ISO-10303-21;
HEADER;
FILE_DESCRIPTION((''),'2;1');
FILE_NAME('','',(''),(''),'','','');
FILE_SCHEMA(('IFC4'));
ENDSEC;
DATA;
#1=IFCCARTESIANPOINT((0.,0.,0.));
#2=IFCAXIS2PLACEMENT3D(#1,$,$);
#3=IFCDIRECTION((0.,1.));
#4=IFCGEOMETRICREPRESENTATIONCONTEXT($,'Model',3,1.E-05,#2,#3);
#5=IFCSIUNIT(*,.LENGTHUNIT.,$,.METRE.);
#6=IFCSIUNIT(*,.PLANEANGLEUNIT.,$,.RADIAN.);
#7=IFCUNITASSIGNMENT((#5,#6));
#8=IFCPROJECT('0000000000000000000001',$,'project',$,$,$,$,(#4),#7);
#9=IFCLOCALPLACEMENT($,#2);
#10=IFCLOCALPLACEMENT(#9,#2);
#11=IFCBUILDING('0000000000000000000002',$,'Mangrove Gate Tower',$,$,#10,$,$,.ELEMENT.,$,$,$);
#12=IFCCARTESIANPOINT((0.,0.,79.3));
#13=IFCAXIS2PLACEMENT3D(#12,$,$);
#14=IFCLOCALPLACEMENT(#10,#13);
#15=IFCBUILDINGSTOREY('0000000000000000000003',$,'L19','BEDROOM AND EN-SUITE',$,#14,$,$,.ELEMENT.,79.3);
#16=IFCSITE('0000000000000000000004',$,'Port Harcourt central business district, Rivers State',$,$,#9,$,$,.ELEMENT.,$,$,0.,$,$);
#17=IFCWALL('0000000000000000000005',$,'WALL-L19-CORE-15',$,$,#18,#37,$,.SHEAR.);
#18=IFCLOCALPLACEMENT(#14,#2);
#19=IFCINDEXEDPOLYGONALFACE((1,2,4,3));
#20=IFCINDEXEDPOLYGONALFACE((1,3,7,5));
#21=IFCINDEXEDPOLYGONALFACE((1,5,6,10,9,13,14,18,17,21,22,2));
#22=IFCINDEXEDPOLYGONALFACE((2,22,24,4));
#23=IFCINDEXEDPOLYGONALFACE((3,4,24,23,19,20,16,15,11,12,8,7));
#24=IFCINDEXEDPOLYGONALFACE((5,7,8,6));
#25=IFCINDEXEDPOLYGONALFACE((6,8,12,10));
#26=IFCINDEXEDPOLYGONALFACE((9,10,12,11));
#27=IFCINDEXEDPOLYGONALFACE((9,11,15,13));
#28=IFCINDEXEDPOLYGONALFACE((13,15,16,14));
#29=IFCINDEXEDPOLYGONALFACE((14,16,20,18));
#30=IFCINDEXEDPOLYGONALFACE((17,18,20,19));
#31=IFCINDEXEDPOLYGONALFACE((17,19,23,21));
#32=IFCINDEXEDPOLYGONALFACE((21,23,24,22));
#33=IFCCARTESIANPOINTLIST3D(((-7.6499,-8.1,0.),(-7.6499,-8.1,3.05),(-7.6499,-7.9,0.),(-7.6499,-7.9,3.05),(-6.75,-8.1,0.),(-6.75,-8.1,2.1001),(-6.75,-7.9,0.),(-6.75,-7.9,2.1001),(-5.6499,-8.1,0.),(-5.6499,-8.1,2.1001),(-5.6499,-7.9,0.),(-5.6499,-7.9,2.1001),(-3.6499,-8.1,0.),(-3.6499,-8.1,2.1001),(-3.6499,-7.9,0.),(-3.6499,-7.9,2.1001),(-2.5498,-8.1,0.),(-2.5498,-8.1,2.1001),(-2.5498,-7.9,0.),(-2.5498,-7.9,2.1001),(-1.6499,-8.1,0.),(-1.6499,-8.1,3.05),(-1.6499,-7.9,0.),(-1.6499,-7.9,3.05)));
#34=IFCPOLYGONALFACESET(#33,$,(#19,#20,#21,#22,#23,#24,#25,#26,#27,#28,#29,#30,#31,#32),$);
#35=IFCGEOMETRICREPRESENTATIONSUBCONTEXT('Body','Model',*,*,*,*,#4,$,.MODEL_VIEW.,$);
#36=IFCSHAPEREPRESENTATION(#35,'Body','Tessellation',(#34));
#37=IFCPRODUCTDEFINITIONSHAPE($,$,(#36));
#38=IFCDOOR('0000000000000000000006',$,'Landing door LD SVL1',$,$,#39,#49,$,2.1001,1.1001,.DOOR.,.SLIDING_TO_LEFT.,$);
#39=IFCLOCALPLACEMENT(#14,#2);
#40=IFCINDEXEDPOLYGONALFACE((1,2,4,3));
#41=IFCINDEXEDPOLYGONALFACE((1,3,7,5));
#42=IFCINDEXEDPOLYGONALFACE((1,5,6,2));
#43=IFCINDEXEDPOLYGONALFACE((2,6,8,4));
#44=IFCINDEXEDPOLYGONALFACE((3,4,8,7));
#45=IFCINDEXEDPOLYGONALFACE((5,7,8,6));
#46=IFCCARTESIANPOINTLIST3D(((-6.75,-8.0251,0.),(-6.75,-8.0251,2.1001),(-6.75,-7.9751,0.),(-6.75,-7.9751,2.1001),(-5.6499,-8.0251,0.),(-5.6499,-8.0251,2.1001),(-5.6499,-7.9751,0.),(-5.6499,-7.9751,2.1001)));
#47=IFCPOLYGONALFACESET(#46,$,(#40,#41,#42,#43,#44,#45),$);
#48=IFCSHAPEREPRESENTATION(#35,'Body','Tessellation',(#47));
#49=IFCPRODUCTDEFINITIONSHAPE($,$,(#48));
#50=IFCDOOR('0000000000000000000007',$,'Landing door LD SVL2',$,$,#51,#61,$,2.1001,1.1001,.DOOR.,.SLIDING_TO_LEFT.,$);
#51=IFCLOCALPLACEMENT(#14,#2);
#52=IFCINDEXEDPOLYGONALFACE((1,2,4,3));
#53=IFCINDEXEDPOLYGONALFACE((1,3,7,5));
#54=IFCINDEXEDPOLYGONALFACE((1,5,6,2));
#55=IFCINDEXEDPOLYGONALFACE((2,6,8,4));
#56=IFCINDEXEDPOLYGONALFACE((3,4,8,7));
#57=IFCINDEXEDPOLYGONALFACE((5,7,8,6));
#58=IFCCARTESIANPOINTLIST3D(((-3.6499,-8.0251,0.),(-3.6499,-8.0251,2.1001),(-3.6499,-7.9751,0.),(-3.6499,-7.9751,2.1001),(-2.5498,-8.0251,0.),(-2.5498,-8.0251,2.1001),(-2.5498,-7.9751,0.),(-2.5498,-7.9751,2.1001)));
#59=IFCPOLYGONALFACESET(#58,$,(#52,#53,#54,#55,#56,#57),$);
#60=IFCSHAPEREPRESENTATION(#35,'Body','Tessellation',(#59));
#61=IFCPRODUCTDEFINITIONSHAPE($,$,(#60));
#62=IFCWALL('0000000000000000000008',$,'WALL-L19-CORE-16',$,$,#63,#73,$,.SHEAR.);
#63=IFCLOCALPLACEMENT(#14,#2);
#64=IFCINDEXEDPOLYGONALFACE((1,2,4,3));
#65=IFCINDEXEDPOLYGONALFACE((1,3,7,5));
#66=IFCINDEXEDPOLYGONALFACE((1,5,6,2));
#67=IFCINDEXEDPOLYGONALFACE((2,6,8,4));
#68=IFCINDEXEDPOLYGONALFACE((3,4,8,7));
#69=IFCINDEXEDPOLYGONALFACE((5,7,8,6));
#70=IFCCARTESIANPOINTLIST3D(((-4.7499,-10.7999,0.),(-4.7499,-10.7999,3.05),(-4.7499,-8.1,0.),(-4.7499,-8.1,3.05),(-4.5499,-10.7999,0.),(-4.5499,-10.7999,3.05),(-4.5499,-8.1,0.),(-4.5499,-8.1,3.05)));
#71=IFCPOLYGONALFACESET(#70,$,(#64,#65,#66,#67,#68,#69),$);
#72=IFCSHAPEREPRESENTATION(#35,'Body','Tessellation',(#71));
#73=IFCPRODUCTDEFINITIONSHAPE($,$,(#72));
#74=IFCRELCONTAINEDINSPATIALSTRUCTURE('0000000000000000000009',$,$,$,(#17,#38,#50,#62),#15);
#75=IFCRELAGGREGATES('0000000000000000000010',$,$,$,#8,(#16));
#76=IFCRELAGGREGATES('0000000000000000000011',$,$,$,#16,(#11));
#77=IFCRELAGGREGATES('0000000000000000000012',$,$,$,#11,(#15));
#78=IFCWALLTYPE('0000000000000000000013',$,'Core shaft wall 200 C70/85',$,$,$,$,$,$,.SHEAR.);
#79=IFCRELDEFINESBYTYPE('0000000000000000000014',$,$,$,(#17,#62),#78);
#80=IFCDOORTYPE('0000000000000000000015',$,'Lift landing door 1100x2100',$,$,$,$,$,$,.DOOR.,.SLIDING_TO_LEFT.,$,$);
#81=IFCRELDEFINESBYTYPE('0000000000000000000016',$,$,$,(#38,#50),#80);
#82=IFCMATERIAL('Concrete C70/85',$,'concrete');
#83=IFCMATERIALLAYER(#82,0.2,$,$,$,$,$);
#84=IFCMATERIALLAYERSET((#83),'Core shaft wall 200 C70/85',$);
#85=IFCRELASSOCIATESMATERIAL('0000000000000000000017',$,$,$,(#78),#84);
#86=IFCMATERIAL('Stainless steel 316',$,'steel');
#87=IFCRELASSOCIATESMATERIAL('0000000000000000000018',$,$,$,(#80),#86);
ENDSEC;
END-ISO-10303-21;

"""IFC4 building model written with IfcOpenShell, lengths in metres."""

from ifc_helpers import new_model, si_unit, direction, frame, frame_2d, origin, place, context, subcontext, project, spatial, rectangle, extrude, material, layer, layer_set, type_object, element, fill, save


model = new_model("IFC4")

# Units and contexts
model_context = context("Model", 3, precision=1e-05, world=origin(), true_north=direction((0.0, 1.0)))
body_context = subcontext(model_context, "Body", "Model", "MODEL_VIEW")
ifc_project = project(units=[si_unit("LENGTHUNIT", "METRE"), si_unit("PLANEANGLEUNIT", "RADIAN")], contexts=[model_context])

# Site, building, storey
site_placement = place(None, origin())
site = spatial("IfcSite", under=ifc_project, at=site_placement, Name="Port Harcourt central business district, Rivers State", CompositionType="ELEMENT", RefElevation=0.0)
building_placement = place(site_placement, origin())
building = spatial("IfcBuilding", under=site, at=building_placement, Name="Mangrove Gate Tower", CompositionType="ELEMENT")
storey_placement = place(building_placement, frame((0.0, 0.0, 79.3)))
storey = spatial("IfcBuildingStorey", under=building, at=storey_placement, Name="L19", Description="BEDROOM AND EN-SUITE", CompositionType="ELEMENT", Elevation=79.3)

# Wall, openings, doors
ifc_material_1 = material(Name="Concrete C70/85", Category="concrete")
ifc_layer_1 = layer(ifc_material_1, 0.2)
ifc_layer_set_1 = layer_set([ifc_layer_1], Name="Core shaft wall 200 C70/85")
wall_type_1 = type_object("IfcWallType", Name="Core shaft wall 200 C70/85", PredefinedType="SHEAR", material=ifc_layer_set_1)
wall_1_placement = place(storey_placement, frame((-7.6499, -8.0, 0.0), z_axis=(0.0, 0.0, 1.0), x_axis=(1.0, 0.0, 0.0)))
wall_1 = element("IfcWall", 1, at=wall_1_placement, inside=storey, type_object=wall_type_1, Name="WALL-L19-CORE-15", PredefinedType="SHEAR", context=body_context, shape_type="SweptSolid", body=[
    extrude(rectangle(XDim=6.0, YDim=0.2, at=frame_2d((3.0, 0.0))), origin(), (0.0, 0.0, 1.0), 3.05),
])
opening_1_placement = place(wall_1_placement, frame((0.8999, 0.0, 0.0)))
opening_1 = element("IfcOpeningElement", 2, at=opening_1_placement, cuts=wall_1, PredefinedType="OPENING", context=body_context, shape_type="SweptSolid", body=[
    extrude(rectangle(XDim=1.1001, YDim=2.1001, at=frame_2d((0.55, 1.05))), frame((0.0, 0.1099, 0.0), z_axis=(0.0, -1.0, 0.0), x_axis=(1.0, 0.0, 0.0)), (0.0, 0.0, 1.0), 0.22),
])
opening_2_placement = place(wall_1_placement, frame((4.0, 0.0, 0.0)))
opening_2 = element("IfcOpeningElement", 3, at=opening_2_placement, cuts=wall_1, PredefinedType="OPENING", context=body_context, shape_type="SweptSolid", body=[
    extrude(rectangle(XDim=1.1001, YDim=2.1001, at=frame_2d((0.55, 1.05))), frame((0.0, 0.1099, 0.0), z_axis=(0.0, -1.0, 0.0), x_axis=(1.0, 0.0, 0.0)), (0.0, 0.0, 1.0), 0.22),
])
ifc_material_2 = material(Name="Stainless steel 316", Category="steel")
door_type_1 = type_object("IfcDoorType", Name="Lift landing door 1100x2100", OperationType="SLIDING_TO_LEFT", PredefinedType="DOOR", material=ifc_material_2)
door_1_placement = place(opening_1_placement, origin())
door_1 = element("IfcDoor", 4, at=door_1_placement, inside=storey, type_object=door_type_1, Name="Landing door LD SVL1", OperationType="SLIDING_TO_LEFT", OverallHeight=2.1001, OverallWidth=1.1001, PredefinedType="DOOR", context=body_context, shape_type="SweptSolid", body=[
    extrude(rectangle(XDim=1.1001, YDim=2.1001, at=frame_2d((0.55, 1.05))), frame((0.0, 0.0249, 0.0), z_axis=(0.0, -1.0, 0.0), x_axis=(1.0, 0.0, 0.0)), (0.0, 0.0, 1.0), 0.05),
])
fill(opening_1, door_1)
door_2_placement = place(opening_2_placement, origin())
door_2 = element("IfcDoor", 5, at=door_2_placement, inside=storey, type_object=door_type_1, Name="Landing door LD SVL2", OperationType="SLIDING_TO_LEFT", OverallHeight=2.1001, OverallWidth=1.1001, PredefinedType="DOOR", context=body_context, shape_type="SweptSolid", body=[
    extrude(rectangle(XDim=1.1001, YDim=2.1001, at=frame_2d((0.55, 1.05))), frame((0.0, 0.0249, 0.0), z_axis=(0.0, -1.0, 0.0), x_axis=(1.0, 0.0, 0.0)), (0.0, 0.0, 1.0), 0.05),
])
fill(opening_2, door_2)

# Wall
wall_2_placement = place(storey_placement, frame((-4.6499, -10.8, 0.0), z_axis=(0.0, 0.0, 1.0), x_axis=(0.0, 1.0, 0.0)))
element("IfcWall", 6, at=wall_2_placement, inside=storey, type_object=wall_type_1, Name="WALL-L19-CORE-16", PredefinedType="SHEAR", context=body_context, shape_type="SweptSolid", body=[
    extrude(rectangle(XDim=2.7, YDim=0.2, at=frame_2d((1.3501, 0.0))), origin(), (0.0, 0.0, 1.0), 3.05),
])

save(model, "model.ifc")
